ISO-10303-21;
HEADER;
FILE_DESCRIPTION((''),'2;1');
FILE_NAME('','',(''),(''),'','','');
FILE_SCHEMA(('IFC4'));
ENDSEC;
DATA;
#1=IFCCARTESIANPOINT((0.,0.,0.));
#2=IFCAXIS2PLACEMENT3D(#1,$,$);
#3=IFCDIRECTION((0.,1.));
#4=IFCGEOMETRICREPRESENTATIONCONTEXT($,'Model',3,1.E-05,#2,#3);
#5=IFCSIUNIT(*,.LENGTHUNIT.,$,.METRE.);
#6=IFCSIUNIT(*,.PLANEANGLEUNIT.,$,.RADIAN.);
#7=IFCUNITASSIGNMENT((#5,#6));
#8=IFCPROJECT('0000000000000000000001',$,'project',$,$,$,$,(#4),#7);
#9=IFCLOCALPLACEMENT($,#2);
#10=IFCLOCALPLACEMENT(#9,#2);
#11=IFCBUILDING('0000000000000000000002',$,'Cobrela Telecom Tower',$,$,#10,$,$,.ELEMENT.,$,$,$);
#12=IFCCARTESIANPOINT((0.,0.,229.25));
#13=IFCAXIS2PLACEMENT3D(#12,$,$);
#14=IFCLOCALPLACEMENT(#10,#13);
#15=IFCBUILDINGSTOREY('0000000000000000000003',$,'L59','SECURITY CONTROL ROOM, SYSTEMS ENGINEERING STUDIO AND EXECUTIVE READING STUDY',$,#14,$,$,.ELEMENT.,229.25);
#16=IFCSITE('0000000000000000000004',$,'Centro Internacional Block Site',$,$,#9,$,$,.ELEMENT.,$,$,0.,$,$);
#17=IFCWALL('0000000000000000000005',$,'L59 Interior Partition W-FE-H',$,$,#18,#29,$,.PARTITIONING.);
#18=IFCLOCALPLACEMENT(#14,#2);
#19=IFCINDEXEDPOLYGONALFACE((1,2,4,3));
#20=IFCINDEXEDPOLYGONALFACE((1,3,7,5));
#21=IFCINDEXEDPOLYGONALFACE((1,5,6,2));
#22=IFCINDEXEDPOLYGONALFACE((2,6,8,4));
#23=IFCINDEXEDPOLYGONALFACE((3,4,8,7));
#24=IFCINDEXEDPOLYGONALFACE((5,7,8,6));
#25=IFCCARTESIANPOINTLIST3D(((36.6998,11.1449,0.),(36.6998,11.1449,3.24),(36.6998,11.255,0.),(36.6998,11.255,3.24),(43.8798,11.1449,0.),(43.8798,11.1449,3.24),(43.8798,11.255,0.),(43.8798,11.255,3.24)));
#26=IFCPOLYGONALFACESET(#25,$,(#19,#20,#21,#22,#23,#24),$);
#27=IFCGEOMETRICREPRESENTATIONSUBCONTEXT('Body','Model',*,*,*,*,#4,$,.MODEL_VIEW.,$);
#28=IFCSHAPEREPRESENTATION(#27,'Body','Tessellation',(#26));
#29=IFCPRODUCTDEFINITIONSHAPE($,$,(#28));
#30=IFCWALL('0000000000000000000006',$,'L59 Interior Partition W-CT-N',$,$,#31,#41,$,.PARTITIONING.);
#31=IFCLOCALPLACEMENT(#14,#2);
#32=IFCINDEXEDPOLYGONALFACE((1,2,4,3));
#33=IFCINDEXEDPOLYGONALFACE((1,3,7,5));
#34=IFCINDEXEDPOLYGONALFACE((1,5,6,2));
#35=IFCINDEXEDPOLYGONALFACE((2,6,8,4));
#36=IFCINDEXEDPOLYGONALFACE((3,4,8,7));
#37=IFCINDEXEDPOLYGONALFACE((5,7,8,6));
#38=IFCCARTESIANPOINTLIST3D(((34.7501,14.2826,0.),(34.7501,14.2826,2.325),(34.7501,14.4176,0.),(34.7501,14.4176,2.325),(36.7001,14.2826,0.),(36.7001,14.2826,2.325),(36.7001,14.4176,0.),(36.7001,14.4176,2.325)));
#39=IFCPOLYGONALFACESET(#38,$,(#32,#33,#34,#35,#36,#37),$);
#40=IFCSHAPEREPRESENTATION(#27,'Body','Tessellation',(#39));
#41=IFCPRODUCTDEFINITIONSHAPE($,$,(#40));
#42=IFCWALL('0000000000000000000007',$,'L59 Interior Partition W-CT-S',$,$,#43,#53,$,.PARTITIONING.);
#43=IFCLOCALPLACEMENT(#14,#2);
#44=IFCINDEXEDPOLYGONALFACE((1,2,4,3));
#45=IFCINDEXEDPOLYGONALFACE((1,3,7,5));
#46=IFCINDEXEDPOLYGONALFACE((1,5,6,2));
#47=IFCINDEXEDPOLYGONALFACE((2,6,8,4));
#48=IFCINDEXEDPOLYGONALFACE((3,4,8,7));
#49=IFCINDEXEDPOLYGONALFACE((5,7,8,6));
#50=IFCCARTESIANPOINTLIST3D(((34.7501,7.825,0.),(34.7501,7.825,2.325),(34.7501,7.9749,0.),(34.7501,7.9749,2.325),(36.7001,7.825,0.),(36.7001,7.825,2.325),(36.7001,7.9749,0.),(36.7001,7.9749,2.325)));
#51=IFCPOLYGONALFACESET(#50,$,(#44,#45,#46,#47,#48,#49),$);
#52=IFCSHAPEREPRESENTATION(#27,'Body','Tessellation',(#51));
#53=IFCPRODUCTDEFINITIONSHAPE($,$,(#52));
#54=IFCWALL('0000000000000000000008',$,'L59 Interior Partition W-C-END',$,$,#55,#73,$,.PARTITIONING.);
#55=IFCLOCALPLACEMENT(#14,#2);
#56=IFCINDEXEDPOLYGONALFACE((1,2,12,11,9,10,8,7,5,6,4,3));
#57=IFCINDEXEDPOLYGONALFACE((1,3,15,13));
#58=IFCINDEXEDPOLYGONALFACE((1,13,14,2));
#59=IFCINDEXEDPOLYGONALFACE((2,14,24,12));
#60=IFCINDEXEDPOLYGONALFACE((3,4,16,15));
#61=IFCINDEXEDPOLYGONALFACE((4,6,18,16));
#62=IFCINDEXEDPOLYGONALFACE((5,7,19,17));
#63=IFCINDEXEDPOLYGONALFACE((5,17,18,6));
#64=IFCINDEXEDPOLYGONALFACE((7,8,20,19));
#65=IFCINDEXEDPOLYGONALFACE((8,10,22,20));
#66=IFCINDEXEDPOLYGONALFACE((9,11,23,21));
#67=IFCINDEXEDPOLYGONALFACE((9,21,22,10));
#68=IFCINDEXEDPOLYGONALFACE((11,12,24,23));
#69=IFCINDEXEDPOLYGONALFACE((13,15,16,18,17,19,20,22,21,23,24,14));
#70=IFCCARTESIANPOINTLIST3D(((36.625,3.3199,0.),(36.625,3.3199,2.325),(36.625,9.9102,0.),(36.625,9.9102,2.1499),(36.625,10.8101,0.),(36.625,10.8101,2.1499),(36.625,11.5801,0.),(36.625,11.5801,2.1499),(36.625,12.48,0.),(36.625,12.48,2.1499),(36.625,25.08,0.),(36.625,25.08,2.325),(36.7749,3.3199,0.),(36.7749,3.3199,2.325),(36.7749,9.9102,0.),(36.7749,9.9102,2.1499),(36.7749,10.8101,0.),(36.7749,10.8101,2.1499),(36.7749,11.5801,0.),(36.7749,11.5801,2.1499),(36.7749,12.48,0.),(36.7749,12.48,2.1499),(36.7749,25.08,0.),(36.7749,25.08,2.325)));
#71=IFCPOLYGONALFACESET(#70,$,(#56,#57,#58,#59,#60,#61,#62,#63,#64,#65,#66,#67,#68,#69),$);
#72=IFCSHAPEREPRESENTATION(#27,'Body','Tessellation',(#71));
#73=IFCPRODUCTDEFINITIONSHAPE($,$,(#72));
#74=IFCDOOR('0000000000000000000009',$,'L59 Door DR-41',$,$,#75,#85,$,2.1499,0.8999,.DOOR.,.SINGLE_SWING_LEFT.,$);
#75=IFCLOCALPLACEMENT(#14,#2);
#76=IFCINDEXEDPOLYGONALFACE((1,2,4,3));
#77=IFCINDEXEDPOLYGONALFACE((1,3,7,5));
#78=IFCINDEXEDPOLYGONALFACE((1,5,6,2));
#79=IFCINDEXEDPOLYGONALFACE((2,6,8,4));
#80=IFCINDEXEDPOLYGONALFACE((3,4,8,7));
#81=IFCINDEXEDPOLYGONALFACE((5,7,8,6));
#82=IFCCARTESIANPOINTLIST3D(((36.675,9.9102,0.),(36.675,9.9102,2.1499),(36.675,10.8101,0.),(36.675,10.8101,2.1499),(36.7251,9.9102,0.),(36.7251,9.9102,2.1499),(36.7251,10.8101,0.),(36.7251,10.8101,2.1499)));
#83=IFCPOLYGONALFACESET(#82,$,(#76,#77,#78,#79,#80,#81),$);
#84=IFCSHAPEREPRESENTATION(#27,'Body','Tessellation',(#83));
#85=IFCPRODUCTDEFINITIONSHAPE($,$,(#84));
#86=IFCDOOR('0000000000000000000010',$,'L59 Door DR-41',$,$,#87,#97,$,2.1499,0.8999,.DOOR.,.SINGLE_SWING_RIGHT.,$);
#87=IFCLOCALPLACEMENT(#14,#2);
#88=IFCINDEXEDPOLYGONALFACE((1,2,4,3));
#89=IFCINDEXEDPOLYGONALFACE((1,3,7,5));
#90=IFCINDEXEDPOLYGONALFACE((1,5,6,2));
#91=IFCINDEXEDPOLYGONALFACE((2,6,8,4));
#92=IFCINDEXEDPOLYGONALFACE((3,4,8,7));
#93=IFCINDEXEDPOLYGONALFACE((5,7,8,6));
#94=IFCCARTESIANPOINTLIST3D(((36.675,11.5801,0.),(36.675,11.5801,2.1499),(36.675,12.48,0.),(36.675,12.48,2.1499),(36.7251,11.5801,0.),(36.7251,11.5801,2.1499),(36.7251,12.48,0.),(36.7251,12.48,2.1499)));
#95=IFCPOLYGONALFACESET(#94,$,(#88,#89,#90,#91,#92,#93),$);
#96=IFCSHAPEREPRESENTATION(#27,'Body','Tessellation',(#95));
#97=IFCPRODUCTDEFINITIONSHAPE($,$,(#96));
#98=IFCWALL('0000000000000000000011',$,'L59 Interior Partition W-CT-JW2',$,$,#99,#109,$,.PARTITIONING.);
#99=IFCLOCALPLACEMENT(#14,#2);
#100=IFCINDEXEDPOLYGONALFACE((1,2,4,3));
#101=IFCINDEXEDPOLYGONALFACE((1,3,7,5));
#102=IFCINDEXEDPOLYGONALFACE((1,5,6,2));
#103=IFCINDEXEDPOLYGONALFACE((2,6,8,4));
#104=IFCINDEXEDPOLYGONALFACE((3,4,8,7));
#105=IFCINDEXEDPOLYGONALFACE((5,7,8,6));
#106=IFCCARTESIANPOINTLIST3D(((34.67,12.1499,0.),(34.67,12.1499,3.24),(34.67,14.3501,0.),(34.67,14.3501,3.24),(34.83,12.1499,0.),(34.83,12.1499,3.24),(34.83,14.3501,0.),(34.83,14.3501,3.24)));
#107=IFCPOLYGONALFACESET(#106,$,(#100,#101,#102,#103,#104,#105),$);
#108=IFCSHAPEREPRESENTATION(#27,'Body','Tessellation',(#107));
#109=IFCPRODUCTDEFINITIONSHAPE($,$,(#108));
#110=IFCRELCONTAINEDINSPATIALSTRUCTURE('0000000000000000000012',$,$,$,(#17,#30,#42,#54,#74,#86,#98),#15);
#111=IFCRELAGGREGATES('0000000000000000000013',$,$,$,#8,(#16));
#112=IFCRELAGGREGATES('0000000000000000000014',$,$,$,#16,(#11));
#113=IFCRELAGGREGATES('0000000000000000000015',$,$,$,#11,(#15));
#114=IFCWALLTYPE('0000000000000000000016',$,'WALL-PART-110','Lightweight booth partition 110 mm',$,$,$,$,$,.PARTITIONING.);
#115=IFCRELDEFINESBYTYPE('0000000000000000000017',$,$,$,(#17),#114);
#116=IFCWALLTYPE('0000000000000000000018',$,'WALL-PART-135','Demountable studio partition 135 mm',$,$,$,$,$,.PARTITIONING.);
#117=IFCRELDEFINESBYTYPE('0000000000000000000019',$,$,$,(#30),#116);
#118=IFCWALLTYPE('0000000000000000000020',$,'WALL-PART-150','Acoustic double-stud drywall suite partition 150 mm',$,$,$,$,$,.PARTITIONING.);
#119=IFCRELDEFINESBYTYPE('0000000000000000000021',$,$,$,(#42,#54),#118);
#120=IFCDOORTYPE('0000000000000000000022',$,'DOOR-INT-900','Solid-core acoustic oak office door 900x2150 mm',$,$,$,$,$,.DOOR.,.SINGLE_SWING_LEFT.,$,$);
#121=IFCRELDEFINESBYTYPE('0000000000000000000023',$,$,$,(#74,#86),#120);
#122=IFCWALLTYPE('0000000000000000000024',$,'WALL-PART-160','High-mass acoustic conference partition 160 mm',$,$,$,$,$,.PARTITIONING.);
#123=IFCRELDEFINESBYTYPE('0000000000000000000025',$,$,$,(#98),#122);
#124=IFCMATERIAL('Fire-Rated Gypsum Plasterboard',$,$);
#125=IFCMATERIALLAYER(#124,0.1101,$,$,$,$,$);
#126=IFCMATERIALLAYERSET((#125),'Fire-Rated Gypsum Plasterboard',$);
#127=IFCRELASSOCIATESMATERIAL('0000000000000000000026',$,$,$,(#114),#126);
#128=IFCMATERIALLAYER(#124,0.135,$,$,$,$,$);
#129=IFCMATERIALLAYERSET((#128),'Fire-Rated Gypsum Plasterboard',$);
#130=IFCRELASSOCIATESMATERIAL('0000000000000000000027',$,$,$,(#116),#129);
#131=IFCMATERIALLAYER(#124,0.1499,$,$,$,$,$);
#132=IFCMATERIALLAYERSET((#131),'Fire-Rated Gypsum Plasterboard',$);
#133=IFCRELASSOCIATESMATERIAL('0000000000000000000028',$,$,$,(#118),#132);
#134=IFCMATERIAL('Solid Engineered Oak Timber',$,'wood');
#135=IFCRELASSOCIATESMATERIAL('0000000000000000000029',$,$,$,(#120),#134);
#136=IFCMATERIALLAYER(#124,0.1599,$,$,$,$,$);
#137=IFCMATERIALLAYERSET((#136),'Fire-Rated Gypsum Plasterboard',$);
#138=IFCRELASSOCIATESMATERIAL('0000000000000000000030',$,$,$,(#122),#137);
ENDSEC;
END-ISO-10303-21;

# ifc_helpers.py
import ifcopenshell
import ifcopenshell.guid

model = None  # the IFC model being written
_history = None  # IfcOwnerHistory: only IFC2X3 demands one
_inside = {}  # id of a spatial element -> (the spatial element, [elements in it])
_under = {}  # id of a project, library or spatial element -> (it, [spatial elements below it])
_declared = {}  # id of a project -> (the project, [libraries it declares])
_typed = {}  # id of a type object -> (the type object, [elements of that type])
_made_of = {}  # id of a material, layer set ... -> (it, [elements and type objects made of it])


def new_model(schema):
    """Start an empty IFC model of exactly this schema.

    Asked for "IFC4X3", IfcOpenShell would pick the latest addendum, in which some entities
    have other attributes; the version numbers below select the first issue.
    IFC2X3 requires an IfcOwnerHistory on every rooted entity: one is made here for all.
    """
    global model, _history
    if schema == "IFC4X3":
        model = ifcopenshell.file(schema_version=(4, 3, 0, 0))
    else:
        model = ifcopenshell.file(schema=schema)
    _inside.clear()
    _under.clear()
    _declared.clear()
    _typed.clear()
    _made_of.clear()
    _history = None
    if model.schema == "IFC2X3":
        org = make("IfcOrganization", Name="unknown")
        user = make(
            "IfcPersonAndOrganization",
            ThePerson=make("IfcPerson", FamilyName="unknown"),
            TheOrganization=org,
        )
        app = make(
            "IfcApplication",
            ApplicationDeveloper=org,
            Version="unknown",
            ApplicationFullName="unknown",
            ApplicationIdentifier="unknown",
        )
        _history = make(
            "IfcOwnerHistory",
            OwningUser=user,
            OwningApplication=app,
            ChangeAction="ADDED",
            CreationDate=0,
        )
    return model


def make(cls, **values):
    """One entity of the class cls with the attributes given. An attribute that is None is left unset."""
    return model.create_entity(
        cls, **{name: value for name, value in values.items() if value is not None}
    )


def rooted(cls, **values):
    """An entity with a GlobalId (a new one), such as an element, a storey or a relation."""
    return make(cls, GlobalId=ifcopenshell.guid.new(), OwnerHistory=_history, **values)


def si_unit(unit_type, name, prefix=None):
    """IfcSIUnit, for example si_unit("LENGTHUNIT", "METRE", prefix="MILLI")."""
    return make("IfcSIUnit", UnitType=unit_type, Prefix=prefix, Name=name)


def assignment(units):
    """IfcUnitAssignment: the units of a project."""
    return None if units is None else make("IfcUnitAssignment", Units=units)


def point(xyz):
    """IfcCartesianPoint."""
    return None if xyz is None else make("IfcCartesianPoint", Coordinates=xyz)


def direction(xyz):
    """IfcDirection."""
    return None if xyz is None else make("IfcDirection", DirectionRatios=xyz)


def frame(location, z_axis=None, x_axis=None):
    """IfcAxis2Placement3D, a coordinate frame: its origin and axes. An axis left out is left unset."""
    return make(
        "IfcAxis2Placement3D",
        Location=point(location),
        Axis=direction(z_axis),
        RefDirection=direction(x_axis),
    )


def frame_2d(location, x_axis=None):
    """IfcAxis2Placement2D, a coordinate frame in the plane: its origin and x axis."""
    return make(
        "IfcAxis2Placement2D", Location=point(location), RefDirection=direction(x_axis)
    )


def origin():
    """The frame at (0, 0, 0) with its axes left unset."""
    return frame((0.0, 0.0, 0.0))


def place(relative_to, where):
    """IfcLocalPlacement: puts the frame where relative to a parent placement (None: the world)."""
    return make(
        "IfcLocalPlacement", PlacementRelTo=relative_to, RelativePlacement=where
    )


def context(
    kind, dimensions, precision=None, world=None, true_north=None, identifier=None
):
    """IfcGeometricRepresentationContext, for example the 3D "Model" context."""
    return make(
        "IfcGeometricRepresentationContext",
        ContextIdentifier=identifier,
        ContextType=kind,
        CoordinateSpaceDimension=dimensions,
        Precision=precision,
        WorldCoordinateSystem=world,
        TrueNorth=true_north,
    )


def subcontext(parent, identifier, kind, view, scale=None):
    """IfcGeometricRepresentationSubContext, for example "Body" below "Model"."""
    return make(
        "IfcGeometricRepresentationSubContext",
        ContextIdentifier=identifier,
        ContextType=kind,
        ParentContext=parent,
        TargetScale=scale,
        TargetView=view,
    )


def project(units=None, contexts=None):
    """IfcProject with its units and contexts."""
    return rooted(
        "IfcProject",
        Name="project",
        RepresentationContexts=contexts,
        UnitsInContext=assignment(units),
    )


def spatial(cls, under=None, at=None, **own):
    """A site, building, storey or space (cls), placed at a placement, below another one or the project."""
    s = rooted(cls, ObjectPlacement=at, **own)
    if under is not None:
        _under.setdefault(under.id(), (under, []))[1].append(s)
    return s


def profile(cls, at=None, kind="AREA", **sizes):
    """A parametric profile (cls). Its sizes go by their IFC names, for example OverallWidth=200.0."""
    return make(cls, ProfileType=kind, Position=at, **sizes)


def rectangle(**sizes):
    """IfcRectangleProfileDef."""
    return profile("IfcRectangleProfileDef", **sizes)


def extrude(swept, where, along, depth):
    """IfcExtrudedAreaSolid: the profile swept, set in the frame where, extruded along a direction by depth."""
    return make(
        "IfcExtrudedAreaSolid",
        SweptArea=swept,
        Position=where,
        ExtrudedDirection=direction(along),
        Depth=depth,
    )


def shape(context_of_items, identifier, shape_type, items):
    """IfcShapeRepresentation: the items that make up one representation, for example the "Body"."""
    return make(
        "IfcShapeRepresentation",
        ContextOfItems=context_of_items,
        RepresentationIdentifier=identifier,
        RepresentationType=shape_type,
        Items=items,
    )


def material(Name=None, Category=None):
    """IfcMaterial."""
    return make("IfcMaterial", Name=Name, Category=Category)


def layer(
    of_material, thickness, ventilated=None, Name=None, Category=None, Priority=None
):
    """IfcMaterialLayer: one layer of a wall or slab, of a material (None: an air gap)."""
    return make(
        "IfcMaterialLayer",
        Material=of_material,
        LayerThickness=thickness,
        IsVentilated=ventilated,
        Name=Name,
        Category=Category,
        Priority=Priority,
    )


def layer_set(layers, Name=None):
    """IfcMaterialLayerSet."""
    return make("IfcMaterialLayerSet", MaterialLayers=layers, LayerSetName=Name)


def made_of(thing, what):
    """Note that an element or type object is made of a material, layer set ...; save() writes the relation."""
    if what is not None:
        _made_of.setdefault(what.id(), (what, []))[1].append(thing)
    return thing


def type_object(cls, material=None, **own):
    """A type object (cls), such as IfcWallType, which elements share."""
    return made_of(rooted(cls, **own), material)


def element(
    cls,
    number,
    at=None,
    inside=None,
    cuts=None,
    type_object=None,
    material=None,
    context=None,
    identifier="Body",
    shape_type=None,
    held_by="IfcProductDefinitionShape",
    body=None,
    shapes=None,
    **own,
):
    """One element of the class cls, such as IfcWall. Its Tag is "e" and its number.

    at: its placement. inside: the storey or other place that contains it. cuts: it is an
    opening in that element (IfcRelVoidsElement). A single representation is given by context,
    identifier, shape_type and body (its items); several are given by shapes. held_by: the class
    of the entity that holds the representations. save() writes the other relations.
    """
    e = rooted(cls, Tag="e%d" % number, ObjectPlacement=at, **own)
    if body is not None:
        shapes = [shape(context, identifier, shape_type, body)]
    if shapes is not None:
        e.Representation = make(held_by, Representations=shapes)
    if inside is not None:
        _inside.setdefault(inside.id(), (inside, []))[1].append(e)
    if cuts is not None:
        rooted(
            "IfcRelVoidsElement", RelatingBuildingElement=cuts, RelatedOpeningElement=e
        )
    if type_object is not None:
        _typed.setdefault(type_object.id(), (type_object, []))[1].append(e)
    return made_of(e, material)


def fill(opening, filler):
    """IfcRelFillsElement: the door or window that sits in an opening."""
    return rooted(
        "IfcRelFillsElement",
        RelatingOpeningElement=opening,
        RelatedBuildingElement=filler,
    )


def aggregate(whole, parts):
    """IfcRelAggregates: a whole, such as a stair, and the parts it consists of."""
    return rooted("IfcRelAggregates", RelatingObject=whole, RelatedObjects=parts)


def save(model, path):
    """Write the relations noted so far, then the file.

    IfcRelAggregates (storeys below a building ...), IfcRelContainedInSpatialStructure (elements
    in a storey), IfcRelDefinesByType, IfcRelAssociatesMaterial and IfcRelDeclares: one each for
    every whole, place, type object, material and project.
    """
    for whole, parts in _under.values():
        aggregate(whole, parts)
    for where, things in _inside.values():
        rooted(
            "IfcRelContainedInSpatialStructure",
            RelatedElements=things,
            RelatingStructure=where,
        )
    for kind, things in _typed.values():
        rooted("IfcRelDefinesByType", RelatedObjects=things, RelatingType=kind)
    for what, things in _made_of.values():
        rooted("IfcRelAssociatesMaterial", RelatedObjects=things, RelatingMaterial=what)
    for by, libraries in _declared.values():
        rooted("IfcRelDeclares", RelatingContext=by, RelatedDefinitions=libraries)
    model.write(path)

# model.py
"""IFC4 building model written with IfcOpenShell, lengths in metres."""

from ifc_helpers import new_model, si_unit, direction, frame, frame_2d, origin, place, context, subcontext, project, spatial, rectangle, extrude, material, layer, layer_set, type_object, element, fill, save


model = new_model("IFC4")

# Units and contexts
model_context = context("Model", 3, precision=1e-05, world=origin(), true_north=direction((0.0, 1.0)))
body_context = subcontext(model_context, "Body", "Model", "MODEL_VIEW")
ifc_project = project(units=[si_unit("LENGTHUNIT", "METRE"), si_unit("PLANEANGLEUNIT", "RADIAN")], contexts=[model_context])

# Site, building, storey
site_placement = place(None, origin())
site = spatial("IfcSite", under=ifc_project, at=site_placement, Name="Centro Internacional Block Site", CompositionType="ELEMENT", RefElevation=0.0)
building_placement = place(site_placement, origin())
building = spatial("IfcBuilding", under=site, at=building_placement, Name="Cobrela Telecom Tower", CompositionType="ELEMENT")
storey_placement = place(building_placement, frame((0.0, 0.0, 229.25)))
storey = spatial("IfcBuildingStorey", under=building, at=storey_placement, Name="L59", Description="SECURITY CONTROL ROOM, SYSTEMS ENGINEERING STUDIO AND EXECUTIVE READING STUDY", CompositionType="ELEMENT", Elevation=229.25)

# Walls
ifc_material_1 = material(Name="Fire-Rated Gypsum Plasterboard")
ifc_layer_1 = layer(ifc_material_1, 0.1101)
ifc_layer_set_1 = layer_set([ifc_layer_1], Name="Fire-Rated Gypsum Plasterboard")
wall_type_1 = type_object("IfcWallType", Name="WALL-PART-110", Description="Lightweight booth partition 110 mm", PredefinedType="PARTITIONING", material=ifc_layer_set_1)
wall_1_placement = place(storey_placement, frame((36.7, 11.2, 0.0), z_axis=(0.0, 0.0, 1.0), x_axis=(1.0, 0.0, 0.0)))
element("IfcWall", 1, at=wall_1_placement, inside=storey, type_object=wall_type_1, Name="L59 Interior Partition W-FE-H", PredefinedType="PARTITIONING", context=body_context, shape_type="SweptSolid", body=[
    extrude(rectangle(XDim=7.1799, YDim=0.1101, at=frame_2d((3.5898, 0.0))), origin(), (0.0, 0.0, 1.0), 3.24),
])
ifc_layer_2 = layer(ifc_material_1, 0.135)
ifc_layer_set_2 = layer_set([ifc_layer_2], Name="Fire-Rated Gypsum Plasterboard")
wall_type_2 = type_object("IfcWallType", Name="WALL-PART-135", Description="Demountable studio partition 135 mm", PredefinedType="PARTITIONING", material=ifc_layer_set_2)
wall_2_placement = place(storey_placement, frame((34.75, 14.3501, 0.0), z_axis=(0.0, 0.0, 1.0), x_axis=(1.0, 0.0, 0.0)))
element("IfcWall", 2, at=wall_2_placement, inside=storey, type_object=wall_type_2, Name="L59 Interior Partition W-CT-N", PredefinedType="PARTITIONING", context=body_context, shape_type="SweptSolid", body=[
    extrude(rectangle(XDim=1.95, YDim=0.135, at=frame_2d((0.9751, 0.0))), origin(), (0.0, 0.0, 1.0), 2.325),
])
ifc_layer_3 = layer(ifc_material_1, 0.1499)
ifc_layer_set_3 = layer_set([ifc_layer_3], Name="Fire-Rated Gypsum Plasterboard")
wall_type_3 = type_object("IfcWallType", Name="WALL-PART-150", Description="Acoustic double-stud drywall suite partition 150 mm", PredefinedType="PARTITIONING", material=ifc_layer_set_3)
wall_3_placement = place(storey_placement, frame((34.75, 7.8999, 0.0), z_axis=(0.0, 0.0, 1.0), x_axis=(1.0, 0.0, 0.0)))
element("IfcWall", 3, at=wall_3_placement, inside=storey, type_object=wall_type_3, Name="L59 Interior Partition W-CT-S", PredefinedType="PARTITIONING", context=body_context, shape_type="SweptSolid", body=[
    extrude(rectangle(XDim=1.95, YDim=0.1499, at=frame_2d((0.9751, 0.0))), origin(), (0.0, 0.0, 1.0), 2.325),
])

# Wall, openings, doors
wall_4_placement = place(storey_placement, frame((36.7, 3.3201, 0.0), z_axis=(0.0, 0.0, 1.0), x_axis=(0.0, 1.0, 0.0)))
wall_4 = element("IfcWall", 4, at=wall_4_placement, inside=storey, type_object=wall_type_3, Name="L59 Interior Partition W-C-END", PredefinedType="PARTITIONING", context=body_context, shape_type="SweptSolid", body=[
    extrude(rectangle(XDim=21.76, YDim=0.1499, at=frame_2d((10.8799, 0.0))), origin(), (0.0, 0.0, 1.0), 2.325),
])
opening_1_placement = place(wall_4_placement, frame((6.5901, 0.0, 0.0)))
opening_1 = element("IfcOpeningElement", 5, at=opening_1_placement, cuts=wall_4, PredefinedType="OPENING", context=body_context, shape_type="SweptSolid", body=[
    extrude(rectangle(XDim=0.8999, YDim=2.1499, at=frame_2d((0.45, 1.075))), frame((0.0, 0.0869, 0.0), z_axis=(0.0, -1.0, 0.0), x_axis=(1.0, 0.0, 0.0)), (0.0, 0.0, 1.0), 0.1738),
])
opening_2_placement = place(wall_4_placement, frame((8.26, 0.0, 0.0)))
opening_2 = element("IfcOpeningElement", 6, at=opening_2_placement, cuts=wall_4, PredefinedType="OPENING", context=body_context, shape_type="SweptSolid", body=[
    extrude(rectangle(XDim=0.8999, YDim=2.1499, at=frame_2d((0.45, 1.075))), frame((0.0, 0.0869, 0.0), z_axis=(0.0, -1.0, 0.0), x_axis=(1.0, 0.0, 0.0)), (0.0, 0.0, 1.0), 0.1738),
])
ifc_material_2 = material(Name="Solid Engineered Oak Timber", Category="wood")
door_type = type_object("IfcDoorType", Name="DOOR-INT-900", Description="Solid-core acoustic oak office door 900x2150 mm", OperationType="SINGLE_SWING_LEFT", PredefinedType="DOOR", material=ifc_material_2)
door_1_placement = place(opening_1_placement, origin())
door_1 = element("IfcDoor", 7, at=door_1_placement, inside=storey, type_object=door_type, Name="L59 Door DR-41", OperationType="SINGLE_SWING_LEFT", OverallHeight=2.1499, OverallWidth=0.8999, PredefinedType="DOOR", context=body_context, shape_type="SweptSolid", body=[
    extrude(rectangle(XDim=0.8999, YDim=2.1499, at=frame_2d((0.45, 1.075))), frame((0.0, 0.0249, 0.0), z_axis=(0.0, -1.0, 0.0), x_axis=(1.0, 0.0, 0.0)), (0.0, 0.0, 1.0), 0.05),
])
fill(opening_1, door_1)
door_2_placement = place(opening_2_placement, origin())
door_2 = element("IfcDoor", 8, at=door_2_placement, inside=storey, type_object=door_type, Name="L59 Door DR-41", OperationType="SINGLE_SWING_RIGHT", OverallHeight=2.1499, OverallWidth=0.8999, PredefinedType="DOOR", context=body_context, shape_type="SweptSolid", body=[
    extrude(rectangle(XDim=0.8999, YDim=2.1499, at=frame_2d((0.45, 1.075))), frame((0.0, 0.0249, 0.0), z_axis=(0.0, -1.0, 0.0), x_axis=(1.0, 0.0, 0.0)), (0.0, 0.0, 1.0), 0.05),
])
fill(opening_2, door_2)

# Wall
ifc_layer_4 = layer(ifc_material_1, 0.1599)
ifc_layer_set_4 = layer_set([ifc_layer_4], Name="Fire-Rated Gypsum Plasterboard")
wall_type_4 = type_object("IfcWallType", Name="WALL-PART-160", Description="High-mass acoustic conference partition 160 mm", PredefinedType="PARTITIONING", material=ifc_layer_set_4)
wall_5_placement = place(storey_placement, frame((34.75, 12.1499, 0.0), z_axis=(0.0, 0.0, 1.0), x_axis=(0.0, 1.0, 0.0)))
element("IfcWall", 9, at=wall_5_placement, inside=storey, type_object=wall_type_4, Name="L59 Interior Partition W-CT-JW2", PredefinedType="PARTITIONING", context=body_context, shape_type="SweptSolid", body=[
    extrude(rectangle(XDim=2.2002, YDim=0.1599, at=frame_2d((1.1001, 0.0))), origin(), (0.0, 0.0, 1.0), 3.24),
])

save(model, "model.ifc")
